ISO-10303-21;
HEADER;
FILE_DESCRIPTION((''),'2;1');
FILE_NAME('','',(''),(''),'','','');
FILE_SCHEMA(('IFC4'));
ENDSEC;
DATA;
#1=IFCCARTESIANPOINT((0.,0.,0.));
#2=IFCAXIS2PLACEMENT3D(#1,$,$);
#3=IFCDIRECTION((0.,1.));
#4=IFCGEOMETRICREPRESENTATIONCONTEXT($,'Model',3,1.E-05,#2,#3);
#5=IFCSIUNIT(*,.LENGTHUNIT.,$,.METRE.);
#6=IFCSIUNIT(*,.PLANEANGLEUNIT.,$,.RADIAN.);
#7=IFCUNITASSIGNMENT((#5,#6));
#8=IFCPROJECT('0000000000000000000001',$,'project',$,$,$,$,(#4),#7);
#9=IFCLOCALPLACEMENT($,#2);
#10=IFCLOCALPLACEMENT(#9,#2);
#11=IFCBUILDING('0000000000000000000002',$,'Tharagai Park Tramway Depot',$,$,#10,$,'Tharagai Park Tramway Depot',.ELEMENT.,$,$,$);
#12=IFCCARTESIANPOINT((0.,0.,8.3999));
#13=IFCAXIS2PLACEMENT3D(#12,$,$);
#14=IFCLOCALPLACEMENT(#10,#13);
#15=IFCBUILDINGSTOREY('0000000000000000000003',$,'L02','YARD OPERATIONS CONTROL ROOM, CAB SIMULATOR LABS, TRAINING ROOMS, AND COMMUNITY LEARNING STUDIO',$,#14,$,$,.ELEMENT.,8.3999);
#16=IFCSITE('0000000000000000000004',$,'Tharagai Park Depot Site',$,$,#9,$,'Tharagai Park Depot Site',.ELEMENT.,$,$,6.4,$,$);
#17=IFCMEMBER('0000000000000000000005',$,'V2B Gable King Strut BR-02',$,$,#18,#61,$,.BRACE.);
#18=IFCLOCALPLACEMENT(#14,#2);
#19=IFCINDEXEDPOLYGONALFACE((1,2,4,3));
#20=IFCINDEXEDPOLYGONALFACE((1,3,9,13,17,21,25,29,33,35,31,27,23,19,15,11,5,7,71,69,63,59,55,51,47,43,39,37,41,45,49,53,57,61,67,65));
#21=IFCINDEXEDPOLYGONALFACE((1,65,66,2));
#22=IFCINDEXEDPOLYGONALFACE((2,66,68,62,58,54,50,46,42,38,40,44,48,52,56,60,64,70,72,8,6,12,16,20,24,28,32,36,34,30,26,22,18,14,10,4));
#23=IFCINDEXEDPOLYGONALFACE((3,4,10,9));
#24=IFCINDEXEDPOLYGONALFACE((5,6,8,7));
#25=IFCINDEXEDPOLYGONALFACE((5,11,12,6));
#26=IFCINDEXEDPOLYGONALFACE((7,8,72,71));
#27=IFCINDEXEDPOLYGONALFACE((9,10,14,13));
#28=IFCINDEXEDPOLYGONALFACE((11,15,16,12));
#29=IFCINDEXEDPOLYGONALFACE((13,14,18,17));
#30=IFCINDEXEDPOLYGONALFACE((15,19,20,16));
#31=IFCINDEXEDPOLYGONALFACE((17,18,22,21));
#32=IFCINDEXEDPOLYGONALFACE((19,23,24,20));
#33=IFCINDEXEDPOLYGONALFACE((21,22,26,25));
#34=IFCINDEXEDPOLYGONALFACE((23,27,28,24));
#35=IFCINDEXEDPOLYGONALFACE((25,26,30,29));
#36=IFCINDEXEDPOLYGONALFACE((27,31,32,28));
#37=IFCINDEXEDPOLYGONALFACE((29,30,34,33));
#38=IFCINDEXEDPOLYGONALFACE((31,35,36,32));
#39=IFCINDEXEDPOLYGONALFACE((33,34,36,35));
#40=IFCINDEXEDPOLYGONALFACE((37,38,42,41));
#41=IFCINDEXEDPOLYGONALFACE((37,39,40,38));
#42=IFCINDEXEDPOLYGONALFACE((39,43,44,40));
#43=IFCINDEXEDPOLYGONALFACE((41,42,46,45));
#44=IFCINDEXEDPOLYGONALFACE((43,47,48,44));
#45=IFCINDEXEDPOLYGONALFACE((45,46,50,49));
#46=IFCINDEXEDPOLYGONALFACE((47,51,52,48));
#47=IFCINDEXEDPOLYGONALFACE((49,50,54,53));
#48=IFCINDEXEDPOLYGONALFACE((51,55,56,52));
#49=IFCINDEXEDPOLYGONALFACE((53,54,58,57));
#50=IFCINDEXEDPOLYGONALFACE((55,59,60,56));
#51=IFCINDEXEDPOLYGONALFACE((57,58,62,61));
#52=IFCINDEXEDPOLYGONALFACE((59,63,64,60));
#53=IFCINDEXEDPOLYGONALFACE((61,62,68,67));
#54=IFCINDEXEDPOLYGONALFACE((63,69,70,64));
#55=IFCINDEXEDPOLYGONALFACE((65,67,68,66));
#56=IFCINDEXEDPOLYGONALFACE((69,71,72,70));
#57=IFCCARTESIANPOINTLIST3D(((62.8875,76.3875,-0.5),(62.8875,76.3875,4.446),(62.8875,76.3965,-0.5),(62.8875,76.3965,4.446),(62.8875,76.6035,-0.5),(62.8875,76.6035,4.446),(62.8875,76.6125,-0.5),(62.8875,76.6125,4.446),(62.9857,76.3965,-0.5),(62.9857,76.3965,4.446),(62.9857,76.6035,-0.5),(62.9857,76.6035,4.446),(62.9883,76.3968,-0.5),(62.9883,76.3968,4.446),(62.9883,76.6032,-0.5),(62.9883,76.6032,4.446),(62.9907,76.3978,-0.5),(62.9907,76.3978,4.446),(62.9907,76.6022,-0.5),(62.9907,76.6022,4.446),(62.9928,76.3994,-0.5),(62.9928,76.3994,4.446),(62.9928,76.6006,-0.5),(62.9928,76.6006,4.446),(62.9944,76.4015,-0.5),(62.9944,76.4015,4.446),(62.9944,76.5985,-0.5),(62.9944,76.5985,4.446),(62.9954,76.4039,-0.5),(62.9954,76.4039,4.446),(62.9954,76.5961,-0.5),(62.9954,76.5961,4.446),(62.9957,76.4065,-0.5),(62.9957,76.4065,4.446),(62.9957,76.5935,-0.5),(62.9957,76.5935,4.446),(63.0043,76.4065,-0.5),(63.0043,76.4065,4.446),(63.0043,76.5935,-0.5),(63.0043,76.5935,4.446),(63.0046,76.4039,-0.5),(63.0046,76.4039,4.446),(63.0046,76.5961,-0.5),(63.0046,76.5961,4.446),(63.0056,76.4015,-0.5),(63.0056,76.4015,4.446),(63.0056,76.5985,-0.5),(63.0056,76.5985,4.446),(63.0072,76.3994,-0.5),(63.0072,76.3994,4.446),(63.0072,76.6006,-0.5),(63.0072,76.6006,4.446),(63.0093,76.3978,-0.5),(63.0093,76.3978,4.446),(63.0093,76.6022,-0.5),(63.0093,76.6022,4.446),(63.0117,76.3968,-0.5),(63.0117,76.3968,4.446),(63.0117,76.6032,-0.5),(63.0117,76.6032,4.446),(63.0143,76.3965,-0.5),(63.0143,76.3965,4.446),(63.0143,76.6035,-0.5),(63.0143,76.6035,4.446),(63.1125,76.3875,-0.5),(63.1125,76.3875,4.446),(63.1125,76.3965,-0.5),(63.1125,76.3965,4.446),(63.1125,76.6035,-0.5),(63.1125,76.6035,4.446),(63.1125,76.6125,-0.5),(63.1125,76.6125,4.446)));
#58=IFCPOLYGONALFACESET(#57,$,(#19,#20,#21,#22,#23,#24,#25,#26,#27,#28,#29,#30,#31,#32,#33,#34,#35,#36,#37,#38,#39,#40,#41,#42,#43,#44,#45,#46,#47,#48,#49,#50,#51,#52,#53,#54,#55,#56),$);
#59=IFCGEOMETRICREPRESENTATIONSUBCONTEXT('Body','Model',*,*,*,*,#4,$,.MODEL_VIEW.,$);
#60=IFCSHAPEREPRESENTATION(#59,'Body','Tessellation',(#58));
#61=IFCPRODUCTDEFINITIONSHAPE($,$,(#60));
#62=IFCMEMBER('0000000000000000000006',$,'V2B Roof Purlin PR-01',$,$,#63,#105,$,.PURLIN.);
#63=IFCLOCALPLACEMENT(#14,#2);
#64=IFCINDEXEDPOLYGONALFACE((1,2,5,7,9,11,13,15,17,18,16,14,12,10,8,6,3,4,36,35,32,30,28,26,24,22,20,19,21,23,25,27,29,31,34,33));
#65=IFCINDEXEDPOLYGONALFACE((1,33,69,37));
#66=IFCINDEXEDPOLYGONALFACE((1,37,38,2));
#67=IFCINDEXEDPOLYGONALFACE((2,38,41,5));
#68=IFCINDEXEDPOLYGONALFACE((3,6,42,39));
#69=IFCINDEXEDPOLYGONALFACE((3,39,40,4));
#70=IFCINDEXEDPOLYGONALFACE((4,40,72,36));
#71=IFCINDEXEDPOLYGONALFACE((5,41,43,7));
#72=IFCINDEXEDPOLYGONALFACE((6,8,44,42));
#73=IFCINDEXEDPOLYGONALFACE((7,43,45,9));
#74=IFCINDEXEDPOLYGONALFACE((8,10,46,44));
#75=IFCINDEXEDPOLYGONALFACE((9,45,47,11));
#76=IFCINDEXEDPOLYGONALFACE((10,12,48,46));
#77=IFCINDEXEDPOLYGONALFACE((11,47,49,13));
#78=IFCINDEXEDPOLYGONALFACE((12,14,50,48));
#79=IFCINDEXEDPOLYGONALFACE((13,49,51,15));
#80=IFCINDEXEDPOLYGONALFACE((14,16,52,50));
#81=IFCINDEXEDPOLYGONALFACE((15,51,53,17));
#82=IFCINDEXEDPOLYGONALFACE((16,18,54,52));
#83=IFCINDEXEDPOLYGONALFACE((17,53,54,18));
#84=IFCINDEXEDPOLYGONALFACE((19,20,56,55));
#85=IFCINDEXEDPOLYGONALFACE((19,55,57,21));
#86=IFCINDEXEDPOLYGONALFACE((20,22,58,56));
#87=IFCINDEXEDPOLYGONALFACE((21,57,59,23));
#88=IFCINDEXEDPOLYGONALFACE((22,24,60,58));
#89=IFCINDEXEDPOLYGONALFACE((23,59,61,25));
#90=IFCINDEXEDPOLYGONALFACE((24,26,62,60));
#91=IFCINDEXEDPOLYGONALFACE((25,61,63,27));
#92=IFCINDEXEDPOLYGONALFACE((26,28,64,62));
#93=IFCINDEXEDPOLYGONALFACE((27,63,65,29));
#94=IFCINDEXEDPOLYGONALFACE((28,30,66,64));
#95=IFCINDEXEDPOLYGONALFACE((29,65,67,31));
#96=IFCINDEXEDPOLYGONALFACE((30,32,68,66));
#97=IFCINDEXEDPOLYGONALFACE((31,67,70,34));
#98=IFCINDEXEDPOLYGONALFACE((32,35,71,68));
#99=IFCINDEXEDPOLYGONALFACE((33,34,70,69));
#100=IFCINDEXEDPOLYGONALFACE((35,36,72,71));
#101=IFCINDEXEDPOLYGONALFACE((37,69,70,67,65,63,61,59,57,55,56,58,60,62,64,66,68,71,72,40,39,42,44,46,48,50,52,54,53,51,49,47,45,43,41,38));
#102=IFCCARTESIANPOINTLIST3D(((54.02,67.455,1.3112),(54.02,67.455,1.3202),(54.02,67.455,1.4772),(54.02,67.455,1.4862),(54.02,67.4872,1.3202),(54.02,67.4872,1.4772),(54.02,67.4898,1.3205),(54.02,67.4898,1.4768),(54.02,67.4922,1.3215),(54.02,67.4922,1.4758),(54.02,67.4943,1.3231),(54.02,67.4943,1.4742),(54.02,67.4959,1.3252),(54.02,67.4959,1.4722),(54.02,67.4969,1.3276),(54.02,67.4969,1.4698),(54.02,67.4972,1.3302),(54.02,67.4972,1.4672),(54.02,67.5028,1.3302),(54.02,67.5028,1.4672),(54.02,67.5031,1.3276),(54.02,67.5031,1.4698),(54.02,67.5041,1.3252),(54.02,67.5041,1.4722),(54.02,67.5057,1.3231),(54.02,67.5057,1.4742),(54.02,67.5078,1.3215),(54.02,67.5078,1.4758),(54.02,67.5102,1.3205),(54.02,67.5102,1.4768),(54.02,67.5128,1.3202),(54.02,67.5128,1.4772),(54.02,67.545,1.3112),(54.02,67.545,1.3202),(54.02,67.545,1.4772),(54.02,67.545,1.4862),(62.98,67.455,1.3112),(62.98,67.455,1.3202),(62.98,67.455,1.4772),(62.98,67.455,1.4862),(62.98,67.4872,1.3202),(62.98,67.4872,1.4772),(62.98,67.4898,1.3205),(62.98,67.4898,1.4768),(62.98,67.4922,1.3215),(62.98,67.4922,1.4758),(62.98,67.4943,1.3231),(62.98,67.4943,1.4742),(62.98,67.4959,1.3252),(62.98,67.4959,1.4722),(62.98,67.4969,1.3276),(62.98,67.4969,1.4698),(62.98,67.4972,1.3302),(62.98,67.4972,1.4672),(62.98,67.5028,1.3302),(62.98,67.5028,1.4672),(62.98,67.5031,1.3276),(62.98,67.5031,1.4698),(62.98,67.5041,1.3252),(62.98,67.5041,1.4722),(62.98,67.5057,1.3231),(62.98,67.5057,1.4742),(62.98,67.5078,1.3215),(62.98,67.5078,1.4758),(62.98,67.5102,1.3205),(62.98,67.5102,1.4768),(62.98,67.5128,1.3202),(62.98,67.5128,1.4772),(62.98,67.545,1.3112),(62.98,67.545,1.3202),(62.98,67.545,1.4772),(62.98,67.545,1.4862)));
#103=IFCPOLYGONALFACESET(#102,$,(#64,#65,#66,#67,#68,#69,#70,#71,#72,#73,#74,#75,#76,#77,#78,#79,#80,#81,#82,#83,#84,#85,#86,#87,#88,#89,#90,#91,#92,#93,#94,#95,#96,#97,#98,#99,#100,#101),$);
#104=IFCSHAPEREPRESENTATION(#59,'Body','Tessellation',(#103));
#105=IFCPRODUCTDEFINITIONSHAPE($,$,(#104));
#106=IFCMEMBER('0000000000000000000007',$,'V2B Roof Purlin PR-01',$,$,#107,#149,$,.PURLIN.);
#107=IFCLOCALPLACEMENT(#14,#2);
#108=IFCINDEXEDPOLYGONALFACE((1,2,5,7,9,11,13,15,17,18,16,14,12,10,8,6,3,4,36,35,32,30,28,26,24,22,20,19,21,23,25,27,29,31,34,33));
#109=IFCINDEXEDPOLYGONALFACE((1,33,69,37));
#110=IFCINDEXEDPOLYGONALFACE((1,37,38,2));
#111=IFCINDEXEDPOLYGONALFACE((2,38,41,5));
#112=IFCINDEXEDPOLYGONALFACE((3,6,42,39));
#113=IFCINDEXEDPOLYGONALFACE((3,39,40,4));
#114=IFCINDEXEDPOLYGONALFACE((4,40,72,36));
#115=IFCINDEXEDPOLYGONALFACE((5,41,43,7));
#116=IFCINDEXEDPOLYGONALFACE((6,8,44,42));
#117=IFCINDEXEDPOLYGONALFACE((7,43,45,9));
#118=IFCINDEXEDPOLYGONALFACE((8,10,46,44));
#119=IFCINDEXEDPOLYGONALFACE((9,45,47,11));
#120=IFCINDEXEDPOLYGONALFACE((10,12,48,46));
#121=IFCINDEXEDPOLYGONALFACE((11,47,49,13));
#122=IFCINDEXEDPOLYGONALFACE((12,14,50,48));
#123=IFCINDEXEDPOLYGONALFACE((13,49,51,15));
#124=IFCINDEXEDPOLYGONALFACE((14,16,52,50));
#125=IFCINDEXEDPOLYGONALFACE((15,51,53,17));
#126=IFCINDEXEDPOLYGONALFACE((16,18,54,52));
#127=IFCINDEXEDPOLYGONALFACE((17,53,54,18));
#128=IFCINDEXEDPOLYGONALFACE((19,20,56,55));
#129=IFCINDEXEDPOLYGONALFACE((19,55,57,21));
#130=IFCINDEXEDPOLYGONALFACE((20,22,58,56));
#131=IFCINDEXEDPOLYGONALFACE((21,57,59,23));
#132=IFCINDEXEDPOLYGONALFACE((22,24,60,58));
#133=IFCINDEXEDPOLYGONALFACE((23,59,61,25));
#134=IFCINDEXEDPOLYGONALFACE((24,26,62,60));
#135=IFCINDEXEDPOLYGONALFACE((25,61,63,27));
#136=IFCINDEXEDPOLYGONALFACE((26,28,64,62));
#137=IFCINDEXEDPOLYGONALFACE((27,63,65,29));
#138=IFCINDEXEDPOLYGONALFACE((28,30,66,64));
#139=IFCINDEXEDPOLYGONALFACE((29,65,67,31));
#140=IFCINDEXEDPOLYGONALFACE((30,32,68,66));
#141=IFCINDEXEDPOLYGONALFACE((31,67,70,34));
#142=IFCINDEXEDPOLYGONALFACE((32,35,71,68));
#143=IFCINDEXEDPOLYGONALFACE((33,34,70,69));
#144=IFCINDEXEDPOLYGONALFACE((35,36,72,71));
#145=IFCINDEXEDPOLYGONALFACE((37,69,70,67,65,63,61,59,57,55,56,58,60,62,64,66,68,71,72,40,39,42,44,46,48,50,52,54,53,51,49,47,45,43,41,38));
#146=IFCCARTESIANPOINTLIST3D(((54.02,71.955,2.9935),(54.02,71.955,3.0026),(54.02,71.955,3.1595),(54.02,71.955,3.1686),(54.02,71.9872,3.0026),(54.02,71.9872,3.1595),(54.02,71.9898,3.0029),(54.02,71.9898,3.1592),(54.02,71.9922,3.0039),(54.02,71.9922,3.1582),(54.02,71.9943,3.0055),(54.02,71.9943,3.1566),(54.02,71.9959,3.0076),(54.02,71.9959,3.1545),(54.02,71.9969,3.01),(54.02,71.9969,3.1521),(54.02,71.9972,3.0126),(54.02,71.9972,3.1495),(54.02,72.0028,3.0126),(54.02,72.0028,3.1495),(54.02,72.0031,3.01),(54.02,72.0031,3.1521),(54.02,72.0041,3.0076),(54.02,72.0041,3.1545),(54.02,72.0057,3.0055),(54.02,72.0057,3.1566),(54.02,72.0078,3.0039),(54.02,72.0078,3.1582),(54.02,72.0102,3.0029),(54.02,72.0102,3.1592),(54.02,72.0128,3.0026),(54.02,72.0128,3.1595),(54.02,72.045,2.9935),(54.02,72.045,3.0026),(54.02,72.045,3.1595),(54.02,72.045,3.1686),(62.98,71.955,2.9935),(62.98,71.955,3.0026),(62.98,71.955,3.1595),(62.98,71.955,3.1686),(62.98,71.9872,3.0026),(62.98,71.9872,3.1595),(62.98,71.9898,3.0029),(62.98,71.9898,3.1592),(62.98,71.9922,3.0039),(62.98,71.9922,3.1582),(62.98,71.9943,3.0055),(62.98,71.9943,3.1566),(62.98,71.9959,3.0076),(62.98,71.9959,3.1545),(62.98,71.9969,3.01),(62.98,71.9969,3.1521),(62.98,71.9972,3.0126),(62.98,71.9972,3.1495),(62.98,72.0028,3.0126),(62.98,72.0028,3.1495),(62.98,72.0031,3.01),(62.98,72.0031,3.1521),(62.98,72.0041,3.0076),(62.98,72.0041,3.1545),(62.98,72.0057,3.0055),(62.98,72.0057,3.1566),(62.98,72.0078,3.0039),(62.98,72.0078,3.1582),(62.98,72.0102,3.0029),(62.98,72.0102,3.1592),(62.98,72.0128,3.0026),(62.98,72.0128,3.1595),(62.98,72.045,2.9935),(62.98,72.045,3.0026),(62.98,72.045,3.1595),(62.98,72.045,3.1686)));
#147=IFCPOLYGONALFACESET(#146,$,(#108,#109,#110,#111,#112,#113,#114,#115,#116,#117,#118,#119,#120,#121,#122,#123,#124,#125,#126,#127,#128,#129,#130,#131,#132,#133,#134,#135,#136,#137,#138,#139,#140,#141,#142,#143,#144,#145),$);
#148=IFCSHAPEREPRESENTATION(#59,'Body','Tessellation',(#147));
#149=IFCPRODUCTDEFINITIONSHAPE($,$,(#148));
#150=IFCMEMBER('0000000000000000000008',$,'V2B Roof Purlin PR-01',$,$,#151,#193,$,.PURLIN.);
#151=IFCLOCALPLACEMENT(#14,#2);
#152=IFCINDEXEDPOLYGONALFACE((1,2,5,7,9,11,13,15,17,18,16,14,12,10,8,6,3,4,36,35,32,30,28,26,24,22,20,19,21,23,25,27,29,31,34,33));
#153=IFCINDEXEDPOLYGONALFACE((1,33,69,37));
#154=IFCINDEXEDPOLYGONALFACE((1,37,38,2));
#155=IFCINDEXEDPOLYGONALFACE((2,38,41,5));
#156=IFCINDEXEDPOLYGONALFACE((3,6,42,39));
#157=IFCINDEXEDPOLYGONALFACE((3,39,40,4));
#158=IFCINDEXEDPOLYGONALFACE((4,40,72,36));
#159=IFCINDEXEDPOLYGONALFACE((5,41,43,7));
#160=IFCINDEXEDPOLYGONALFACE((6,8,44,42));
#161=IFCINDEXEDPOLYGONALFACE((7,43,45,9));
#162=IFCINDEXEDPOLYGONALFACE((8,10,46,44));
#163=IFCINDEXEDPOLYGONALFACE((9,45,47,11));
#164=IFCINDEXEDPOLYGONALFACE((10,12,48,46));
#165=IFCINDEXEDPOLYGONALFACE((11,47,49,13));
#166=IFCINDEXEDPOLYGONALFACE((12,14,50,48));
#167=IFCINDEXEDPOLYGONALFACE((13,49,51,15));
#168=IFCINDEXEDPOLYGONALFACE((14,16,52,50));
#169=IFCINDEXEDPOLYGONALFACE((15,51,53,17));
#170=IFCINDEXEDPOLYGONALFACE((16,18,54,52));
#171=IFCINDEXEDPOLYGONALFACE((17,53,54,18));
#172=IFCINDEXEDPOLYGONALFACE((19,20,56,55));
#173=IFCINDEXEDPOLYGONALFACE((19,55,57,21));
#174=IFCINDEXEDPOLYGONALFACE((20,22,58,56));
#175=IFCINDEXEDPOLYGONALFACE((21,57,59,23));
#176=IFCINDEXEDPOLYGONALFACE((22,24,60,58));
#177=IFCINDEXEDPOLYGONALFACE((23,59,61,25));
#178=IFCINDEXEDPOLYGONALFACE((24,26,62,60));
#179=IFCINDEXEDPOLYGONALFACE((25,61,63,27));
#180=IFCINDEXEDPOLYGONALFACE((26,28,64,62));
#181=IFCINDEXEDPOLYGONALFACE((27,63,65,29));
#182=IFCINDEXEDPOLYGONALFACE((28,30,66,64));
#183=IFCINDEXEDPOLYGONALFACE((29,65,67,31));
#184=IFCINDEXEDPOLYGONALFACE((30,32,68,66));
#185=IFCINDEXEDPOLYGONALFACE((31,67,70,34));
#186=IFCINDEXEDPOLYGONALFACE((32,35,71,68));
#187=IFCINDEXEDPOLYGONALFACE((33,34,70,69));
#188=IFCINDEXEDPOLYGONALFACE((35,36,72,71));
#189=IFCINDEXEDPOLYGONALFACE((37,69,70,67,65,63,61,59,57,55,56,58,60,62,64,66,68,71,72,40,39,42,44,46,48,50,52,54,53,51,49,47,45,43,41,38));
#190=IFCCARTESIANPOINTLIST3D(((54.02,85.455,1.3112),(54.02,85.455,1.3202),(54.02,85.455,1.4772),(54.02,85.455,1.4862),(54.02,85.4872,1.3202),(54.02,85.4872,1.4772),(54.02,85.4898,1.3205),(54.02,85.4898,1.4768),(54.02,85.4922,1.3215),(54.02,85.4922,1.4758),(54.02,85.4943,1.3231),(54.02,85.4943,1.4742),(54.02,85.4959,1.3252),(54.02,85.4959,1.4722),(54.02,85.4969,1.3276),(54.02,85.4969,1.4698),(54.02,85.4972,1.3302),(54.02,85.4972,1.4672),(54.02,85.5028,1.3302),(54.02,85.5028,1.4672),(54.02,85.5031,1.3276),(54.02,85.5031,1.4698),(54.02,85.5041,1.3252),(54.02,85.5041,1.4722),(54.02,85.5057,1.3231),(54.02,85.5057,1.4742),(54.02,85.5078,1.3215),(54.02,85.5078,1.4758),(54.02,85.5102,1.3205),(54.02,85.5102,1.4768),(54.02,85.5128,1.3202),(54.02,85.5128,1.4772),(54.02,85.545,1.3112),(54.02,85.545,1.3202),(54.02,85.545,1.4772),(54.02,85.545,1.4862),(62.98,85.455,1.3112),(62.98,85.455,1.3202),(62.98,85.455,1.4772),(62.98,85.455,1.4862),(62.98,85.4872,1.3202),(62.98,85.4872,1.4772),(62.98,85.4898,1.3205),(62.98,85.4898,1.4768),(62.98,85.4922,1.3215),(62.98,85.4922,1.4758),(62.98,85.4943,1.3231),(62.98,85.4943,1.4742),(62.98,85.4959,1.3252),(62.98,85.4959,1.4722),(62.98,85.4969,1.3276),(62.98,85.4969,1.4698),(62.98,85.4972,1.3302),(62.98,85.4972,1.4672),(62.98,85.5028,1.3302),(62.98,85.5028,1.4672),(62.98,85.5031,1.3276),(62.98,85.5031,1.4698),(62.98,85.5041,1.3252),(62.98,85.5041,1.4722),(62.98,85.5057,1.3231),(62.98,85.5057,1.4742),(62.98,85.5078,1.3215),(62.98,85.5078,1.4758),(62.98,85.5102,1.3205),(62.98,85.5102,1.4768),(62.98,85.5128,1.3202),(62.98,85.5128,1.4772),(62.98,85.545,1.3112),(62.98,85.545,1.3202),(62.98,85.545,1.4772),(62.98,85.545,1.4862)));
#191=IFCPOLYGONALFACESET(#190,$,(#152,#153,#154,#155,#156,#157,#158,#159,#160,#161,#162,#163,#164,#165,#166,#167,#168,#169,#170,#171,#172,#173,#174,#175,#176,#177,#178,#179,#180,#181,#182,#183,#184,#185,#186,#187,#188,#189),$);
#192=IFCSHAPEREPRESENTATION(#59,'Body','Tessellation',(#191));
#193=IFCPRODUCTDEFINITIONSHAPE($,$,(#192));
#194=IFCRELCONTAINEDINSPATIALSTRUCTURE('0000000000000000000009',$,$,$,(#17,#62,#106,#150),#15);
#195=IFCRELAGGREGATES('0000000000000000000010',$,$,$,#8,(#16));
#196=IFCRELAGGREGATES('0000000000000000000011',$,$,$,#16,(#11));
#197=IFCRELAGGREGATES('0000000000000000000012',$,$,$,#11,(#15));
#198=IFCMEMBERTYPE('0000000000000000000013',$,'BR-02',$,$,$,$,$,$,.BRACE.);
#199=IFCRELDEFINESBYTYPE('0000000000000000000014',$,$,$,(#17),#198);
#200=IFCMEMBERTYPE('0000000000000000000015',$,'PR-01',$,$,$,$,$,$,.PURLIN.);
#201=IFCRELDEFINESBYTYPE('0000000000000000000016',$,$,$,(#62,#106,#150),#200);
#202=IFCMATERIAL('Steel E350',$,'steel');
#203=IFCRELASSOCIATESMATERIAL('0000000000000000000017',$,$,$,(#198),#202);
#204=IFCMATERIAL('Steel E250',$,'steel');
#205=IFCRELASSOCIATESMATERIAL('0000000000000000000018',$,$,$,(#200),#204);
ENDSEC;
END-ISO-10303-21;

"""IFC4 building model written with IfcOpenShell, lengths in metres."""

from ifc_helpers import new_model, si_unit, direction, frame, origin, origin_2d, place, context, subcontext, project, spatial, i_section, extrude, material, material_profile, profile_set, type_object, element, save


model = new_model("IFC4")

# Units and contexts
model_context = context("Model", 3, precision=1e-05, world=origin(), true_north=direction((0.0, 1.0)))
body_context = subcontext(model_context, "Body", "Model", "MODEL_VIEW")
ifc_project = project(units=[si_unit("LENGTHUNIT", "METRE"), si_unit("PLANEANGLEUNIT", "RADIAN")], contexts=[model_context])

# Site, building, storey
site_placement = place(None, origin())
site = spatial("IfcSite", under=ifc_project, at=site_placement, Name="Tharagai Park Depot Site", LongName="Tharagai Park Depot Site", CompositionType="ELEMENT", RefElevation=6.4)
building_placement = place(site_placement, origin())
building = spatial("IfcBuilding", under=site, at=building_placement, Name="Tharagai Park Tramway Depot", LongName="Tharagai Park Tramway Depot", CompositionType="ELEMENT")
storey_placement = place(building_placement, frame((0.0, 0.0, 8.3999)))
storey = spatial("IfcBuildingStorey", under=building, at=storey_placement, Name="L02", Description="YARD OPERATIONS CONTROL ROOM, CAB SIMULATOR LABS, TRAINING ROOMS, AND COMMUNITY LEARNING STUDIO", CompositionType="ELEMENT", Elevation=8.3999)

# Shared definitions
ifc_material_1 = material(Name="Steel E350", Category="steel")

# Members
ifc_material_profile_1 = material_profile(ifc_material_1, i_section(OverallWidth=0.2251, OverallDepth=0.2251, WebThickness=0.0085, FlangeThickness=0.009, FilletRadius=0.01, at=origin_2d()), Name="ISHB 225")
ifc_profile_set_1 = profile_set([ifc_material_profile_1], Name="Steel E350")
member_type_1 = type_object("IfcMemberType", Name="BR-02", PredefinedType="BRACE", material=ifc_profile_set_1)
for number, where, z_axis, x_axis, name in (
    (1, (63.0, 76.5, -0.5), (0.0, 0.0, 1.0), (1.0, 0.0, 0.0), "V2B Gable King Strut BR-02"),
):
    element("IfcMember", number, at=place(storey_placement, frame(where, z_axis=z_axis, x_axis=x_axis)), inside=storey, type_object=member_type_1, Name=name, PredefinedType="BRACE", context=body_context, shape_type="SweptSolid", body=[
        extrude(i_section(OverallWidth=0.2251, OverallDepth=0.2251, WebThickness=0.0085, FlangeThickness=0.009, FilletRadius=0.01, at=origin_2d()), origin(), (0.0, 0.0, 1.0), 4.946),
    ])
ifc_material_2 = material(Name="Steel E250", Category="steel")
ifc_material_profile_2 = material_profile(ifc_material_2, i_section(OverallWidth=0.0901, OverallDepth=0.175, WebThickness=0.0056, FlangeThickness=0.009, FilletRadius=0.01, at=origin_2d()), Name="ISMB 175")
ifc_profile_set_2 = profile_set([ifc_material_profile_2], Name="Steel E250")
member_type_2 = type_object("IfcMemberType", Name="PR-01", PredefinedType="PURLIN", material=ifc_profile_set_2)
for number, where, z_axis, x_axis, name in (
    (2, (54.02, 67.5, 1.3987), (1.0, 0.0, 0.0), (0.0, 1.0, 0.0), "V2B Roof Purlin PR-01"),
    (3, (54.02, 72.0, 3.0811), (1.0, 0.0, 0.0), (0.0, 1.0, 0.0), "V2B Roof Purlin PR-01"),
    (4, (54.02, 85.5, 1.3987), (1.0, 0.0, 0.0), (0.0, 1.0, 0.0), "V2B Roof Purlin PR-01"),
):
    element("IfcMember", number, at=place(storey_placement, frame(where, z_axis=z_axis, x_axis=x_axis)), inside=storey, type_object=member_type_2, Name=name, PredefinedType="PURLIN", context=body_context, shape_type="SweptSolid", body=[
        extrude(i_section(OverallWidth=0.0901, OverallDepth=0.175, WebThickness=0.0056, FlangeThickness=0.009, FilletRadius=0.01, at=origin_2d()), origin(), (0.0, 0.0, 1.0), 8.96),
    ])

save(model, "model.ifc")
